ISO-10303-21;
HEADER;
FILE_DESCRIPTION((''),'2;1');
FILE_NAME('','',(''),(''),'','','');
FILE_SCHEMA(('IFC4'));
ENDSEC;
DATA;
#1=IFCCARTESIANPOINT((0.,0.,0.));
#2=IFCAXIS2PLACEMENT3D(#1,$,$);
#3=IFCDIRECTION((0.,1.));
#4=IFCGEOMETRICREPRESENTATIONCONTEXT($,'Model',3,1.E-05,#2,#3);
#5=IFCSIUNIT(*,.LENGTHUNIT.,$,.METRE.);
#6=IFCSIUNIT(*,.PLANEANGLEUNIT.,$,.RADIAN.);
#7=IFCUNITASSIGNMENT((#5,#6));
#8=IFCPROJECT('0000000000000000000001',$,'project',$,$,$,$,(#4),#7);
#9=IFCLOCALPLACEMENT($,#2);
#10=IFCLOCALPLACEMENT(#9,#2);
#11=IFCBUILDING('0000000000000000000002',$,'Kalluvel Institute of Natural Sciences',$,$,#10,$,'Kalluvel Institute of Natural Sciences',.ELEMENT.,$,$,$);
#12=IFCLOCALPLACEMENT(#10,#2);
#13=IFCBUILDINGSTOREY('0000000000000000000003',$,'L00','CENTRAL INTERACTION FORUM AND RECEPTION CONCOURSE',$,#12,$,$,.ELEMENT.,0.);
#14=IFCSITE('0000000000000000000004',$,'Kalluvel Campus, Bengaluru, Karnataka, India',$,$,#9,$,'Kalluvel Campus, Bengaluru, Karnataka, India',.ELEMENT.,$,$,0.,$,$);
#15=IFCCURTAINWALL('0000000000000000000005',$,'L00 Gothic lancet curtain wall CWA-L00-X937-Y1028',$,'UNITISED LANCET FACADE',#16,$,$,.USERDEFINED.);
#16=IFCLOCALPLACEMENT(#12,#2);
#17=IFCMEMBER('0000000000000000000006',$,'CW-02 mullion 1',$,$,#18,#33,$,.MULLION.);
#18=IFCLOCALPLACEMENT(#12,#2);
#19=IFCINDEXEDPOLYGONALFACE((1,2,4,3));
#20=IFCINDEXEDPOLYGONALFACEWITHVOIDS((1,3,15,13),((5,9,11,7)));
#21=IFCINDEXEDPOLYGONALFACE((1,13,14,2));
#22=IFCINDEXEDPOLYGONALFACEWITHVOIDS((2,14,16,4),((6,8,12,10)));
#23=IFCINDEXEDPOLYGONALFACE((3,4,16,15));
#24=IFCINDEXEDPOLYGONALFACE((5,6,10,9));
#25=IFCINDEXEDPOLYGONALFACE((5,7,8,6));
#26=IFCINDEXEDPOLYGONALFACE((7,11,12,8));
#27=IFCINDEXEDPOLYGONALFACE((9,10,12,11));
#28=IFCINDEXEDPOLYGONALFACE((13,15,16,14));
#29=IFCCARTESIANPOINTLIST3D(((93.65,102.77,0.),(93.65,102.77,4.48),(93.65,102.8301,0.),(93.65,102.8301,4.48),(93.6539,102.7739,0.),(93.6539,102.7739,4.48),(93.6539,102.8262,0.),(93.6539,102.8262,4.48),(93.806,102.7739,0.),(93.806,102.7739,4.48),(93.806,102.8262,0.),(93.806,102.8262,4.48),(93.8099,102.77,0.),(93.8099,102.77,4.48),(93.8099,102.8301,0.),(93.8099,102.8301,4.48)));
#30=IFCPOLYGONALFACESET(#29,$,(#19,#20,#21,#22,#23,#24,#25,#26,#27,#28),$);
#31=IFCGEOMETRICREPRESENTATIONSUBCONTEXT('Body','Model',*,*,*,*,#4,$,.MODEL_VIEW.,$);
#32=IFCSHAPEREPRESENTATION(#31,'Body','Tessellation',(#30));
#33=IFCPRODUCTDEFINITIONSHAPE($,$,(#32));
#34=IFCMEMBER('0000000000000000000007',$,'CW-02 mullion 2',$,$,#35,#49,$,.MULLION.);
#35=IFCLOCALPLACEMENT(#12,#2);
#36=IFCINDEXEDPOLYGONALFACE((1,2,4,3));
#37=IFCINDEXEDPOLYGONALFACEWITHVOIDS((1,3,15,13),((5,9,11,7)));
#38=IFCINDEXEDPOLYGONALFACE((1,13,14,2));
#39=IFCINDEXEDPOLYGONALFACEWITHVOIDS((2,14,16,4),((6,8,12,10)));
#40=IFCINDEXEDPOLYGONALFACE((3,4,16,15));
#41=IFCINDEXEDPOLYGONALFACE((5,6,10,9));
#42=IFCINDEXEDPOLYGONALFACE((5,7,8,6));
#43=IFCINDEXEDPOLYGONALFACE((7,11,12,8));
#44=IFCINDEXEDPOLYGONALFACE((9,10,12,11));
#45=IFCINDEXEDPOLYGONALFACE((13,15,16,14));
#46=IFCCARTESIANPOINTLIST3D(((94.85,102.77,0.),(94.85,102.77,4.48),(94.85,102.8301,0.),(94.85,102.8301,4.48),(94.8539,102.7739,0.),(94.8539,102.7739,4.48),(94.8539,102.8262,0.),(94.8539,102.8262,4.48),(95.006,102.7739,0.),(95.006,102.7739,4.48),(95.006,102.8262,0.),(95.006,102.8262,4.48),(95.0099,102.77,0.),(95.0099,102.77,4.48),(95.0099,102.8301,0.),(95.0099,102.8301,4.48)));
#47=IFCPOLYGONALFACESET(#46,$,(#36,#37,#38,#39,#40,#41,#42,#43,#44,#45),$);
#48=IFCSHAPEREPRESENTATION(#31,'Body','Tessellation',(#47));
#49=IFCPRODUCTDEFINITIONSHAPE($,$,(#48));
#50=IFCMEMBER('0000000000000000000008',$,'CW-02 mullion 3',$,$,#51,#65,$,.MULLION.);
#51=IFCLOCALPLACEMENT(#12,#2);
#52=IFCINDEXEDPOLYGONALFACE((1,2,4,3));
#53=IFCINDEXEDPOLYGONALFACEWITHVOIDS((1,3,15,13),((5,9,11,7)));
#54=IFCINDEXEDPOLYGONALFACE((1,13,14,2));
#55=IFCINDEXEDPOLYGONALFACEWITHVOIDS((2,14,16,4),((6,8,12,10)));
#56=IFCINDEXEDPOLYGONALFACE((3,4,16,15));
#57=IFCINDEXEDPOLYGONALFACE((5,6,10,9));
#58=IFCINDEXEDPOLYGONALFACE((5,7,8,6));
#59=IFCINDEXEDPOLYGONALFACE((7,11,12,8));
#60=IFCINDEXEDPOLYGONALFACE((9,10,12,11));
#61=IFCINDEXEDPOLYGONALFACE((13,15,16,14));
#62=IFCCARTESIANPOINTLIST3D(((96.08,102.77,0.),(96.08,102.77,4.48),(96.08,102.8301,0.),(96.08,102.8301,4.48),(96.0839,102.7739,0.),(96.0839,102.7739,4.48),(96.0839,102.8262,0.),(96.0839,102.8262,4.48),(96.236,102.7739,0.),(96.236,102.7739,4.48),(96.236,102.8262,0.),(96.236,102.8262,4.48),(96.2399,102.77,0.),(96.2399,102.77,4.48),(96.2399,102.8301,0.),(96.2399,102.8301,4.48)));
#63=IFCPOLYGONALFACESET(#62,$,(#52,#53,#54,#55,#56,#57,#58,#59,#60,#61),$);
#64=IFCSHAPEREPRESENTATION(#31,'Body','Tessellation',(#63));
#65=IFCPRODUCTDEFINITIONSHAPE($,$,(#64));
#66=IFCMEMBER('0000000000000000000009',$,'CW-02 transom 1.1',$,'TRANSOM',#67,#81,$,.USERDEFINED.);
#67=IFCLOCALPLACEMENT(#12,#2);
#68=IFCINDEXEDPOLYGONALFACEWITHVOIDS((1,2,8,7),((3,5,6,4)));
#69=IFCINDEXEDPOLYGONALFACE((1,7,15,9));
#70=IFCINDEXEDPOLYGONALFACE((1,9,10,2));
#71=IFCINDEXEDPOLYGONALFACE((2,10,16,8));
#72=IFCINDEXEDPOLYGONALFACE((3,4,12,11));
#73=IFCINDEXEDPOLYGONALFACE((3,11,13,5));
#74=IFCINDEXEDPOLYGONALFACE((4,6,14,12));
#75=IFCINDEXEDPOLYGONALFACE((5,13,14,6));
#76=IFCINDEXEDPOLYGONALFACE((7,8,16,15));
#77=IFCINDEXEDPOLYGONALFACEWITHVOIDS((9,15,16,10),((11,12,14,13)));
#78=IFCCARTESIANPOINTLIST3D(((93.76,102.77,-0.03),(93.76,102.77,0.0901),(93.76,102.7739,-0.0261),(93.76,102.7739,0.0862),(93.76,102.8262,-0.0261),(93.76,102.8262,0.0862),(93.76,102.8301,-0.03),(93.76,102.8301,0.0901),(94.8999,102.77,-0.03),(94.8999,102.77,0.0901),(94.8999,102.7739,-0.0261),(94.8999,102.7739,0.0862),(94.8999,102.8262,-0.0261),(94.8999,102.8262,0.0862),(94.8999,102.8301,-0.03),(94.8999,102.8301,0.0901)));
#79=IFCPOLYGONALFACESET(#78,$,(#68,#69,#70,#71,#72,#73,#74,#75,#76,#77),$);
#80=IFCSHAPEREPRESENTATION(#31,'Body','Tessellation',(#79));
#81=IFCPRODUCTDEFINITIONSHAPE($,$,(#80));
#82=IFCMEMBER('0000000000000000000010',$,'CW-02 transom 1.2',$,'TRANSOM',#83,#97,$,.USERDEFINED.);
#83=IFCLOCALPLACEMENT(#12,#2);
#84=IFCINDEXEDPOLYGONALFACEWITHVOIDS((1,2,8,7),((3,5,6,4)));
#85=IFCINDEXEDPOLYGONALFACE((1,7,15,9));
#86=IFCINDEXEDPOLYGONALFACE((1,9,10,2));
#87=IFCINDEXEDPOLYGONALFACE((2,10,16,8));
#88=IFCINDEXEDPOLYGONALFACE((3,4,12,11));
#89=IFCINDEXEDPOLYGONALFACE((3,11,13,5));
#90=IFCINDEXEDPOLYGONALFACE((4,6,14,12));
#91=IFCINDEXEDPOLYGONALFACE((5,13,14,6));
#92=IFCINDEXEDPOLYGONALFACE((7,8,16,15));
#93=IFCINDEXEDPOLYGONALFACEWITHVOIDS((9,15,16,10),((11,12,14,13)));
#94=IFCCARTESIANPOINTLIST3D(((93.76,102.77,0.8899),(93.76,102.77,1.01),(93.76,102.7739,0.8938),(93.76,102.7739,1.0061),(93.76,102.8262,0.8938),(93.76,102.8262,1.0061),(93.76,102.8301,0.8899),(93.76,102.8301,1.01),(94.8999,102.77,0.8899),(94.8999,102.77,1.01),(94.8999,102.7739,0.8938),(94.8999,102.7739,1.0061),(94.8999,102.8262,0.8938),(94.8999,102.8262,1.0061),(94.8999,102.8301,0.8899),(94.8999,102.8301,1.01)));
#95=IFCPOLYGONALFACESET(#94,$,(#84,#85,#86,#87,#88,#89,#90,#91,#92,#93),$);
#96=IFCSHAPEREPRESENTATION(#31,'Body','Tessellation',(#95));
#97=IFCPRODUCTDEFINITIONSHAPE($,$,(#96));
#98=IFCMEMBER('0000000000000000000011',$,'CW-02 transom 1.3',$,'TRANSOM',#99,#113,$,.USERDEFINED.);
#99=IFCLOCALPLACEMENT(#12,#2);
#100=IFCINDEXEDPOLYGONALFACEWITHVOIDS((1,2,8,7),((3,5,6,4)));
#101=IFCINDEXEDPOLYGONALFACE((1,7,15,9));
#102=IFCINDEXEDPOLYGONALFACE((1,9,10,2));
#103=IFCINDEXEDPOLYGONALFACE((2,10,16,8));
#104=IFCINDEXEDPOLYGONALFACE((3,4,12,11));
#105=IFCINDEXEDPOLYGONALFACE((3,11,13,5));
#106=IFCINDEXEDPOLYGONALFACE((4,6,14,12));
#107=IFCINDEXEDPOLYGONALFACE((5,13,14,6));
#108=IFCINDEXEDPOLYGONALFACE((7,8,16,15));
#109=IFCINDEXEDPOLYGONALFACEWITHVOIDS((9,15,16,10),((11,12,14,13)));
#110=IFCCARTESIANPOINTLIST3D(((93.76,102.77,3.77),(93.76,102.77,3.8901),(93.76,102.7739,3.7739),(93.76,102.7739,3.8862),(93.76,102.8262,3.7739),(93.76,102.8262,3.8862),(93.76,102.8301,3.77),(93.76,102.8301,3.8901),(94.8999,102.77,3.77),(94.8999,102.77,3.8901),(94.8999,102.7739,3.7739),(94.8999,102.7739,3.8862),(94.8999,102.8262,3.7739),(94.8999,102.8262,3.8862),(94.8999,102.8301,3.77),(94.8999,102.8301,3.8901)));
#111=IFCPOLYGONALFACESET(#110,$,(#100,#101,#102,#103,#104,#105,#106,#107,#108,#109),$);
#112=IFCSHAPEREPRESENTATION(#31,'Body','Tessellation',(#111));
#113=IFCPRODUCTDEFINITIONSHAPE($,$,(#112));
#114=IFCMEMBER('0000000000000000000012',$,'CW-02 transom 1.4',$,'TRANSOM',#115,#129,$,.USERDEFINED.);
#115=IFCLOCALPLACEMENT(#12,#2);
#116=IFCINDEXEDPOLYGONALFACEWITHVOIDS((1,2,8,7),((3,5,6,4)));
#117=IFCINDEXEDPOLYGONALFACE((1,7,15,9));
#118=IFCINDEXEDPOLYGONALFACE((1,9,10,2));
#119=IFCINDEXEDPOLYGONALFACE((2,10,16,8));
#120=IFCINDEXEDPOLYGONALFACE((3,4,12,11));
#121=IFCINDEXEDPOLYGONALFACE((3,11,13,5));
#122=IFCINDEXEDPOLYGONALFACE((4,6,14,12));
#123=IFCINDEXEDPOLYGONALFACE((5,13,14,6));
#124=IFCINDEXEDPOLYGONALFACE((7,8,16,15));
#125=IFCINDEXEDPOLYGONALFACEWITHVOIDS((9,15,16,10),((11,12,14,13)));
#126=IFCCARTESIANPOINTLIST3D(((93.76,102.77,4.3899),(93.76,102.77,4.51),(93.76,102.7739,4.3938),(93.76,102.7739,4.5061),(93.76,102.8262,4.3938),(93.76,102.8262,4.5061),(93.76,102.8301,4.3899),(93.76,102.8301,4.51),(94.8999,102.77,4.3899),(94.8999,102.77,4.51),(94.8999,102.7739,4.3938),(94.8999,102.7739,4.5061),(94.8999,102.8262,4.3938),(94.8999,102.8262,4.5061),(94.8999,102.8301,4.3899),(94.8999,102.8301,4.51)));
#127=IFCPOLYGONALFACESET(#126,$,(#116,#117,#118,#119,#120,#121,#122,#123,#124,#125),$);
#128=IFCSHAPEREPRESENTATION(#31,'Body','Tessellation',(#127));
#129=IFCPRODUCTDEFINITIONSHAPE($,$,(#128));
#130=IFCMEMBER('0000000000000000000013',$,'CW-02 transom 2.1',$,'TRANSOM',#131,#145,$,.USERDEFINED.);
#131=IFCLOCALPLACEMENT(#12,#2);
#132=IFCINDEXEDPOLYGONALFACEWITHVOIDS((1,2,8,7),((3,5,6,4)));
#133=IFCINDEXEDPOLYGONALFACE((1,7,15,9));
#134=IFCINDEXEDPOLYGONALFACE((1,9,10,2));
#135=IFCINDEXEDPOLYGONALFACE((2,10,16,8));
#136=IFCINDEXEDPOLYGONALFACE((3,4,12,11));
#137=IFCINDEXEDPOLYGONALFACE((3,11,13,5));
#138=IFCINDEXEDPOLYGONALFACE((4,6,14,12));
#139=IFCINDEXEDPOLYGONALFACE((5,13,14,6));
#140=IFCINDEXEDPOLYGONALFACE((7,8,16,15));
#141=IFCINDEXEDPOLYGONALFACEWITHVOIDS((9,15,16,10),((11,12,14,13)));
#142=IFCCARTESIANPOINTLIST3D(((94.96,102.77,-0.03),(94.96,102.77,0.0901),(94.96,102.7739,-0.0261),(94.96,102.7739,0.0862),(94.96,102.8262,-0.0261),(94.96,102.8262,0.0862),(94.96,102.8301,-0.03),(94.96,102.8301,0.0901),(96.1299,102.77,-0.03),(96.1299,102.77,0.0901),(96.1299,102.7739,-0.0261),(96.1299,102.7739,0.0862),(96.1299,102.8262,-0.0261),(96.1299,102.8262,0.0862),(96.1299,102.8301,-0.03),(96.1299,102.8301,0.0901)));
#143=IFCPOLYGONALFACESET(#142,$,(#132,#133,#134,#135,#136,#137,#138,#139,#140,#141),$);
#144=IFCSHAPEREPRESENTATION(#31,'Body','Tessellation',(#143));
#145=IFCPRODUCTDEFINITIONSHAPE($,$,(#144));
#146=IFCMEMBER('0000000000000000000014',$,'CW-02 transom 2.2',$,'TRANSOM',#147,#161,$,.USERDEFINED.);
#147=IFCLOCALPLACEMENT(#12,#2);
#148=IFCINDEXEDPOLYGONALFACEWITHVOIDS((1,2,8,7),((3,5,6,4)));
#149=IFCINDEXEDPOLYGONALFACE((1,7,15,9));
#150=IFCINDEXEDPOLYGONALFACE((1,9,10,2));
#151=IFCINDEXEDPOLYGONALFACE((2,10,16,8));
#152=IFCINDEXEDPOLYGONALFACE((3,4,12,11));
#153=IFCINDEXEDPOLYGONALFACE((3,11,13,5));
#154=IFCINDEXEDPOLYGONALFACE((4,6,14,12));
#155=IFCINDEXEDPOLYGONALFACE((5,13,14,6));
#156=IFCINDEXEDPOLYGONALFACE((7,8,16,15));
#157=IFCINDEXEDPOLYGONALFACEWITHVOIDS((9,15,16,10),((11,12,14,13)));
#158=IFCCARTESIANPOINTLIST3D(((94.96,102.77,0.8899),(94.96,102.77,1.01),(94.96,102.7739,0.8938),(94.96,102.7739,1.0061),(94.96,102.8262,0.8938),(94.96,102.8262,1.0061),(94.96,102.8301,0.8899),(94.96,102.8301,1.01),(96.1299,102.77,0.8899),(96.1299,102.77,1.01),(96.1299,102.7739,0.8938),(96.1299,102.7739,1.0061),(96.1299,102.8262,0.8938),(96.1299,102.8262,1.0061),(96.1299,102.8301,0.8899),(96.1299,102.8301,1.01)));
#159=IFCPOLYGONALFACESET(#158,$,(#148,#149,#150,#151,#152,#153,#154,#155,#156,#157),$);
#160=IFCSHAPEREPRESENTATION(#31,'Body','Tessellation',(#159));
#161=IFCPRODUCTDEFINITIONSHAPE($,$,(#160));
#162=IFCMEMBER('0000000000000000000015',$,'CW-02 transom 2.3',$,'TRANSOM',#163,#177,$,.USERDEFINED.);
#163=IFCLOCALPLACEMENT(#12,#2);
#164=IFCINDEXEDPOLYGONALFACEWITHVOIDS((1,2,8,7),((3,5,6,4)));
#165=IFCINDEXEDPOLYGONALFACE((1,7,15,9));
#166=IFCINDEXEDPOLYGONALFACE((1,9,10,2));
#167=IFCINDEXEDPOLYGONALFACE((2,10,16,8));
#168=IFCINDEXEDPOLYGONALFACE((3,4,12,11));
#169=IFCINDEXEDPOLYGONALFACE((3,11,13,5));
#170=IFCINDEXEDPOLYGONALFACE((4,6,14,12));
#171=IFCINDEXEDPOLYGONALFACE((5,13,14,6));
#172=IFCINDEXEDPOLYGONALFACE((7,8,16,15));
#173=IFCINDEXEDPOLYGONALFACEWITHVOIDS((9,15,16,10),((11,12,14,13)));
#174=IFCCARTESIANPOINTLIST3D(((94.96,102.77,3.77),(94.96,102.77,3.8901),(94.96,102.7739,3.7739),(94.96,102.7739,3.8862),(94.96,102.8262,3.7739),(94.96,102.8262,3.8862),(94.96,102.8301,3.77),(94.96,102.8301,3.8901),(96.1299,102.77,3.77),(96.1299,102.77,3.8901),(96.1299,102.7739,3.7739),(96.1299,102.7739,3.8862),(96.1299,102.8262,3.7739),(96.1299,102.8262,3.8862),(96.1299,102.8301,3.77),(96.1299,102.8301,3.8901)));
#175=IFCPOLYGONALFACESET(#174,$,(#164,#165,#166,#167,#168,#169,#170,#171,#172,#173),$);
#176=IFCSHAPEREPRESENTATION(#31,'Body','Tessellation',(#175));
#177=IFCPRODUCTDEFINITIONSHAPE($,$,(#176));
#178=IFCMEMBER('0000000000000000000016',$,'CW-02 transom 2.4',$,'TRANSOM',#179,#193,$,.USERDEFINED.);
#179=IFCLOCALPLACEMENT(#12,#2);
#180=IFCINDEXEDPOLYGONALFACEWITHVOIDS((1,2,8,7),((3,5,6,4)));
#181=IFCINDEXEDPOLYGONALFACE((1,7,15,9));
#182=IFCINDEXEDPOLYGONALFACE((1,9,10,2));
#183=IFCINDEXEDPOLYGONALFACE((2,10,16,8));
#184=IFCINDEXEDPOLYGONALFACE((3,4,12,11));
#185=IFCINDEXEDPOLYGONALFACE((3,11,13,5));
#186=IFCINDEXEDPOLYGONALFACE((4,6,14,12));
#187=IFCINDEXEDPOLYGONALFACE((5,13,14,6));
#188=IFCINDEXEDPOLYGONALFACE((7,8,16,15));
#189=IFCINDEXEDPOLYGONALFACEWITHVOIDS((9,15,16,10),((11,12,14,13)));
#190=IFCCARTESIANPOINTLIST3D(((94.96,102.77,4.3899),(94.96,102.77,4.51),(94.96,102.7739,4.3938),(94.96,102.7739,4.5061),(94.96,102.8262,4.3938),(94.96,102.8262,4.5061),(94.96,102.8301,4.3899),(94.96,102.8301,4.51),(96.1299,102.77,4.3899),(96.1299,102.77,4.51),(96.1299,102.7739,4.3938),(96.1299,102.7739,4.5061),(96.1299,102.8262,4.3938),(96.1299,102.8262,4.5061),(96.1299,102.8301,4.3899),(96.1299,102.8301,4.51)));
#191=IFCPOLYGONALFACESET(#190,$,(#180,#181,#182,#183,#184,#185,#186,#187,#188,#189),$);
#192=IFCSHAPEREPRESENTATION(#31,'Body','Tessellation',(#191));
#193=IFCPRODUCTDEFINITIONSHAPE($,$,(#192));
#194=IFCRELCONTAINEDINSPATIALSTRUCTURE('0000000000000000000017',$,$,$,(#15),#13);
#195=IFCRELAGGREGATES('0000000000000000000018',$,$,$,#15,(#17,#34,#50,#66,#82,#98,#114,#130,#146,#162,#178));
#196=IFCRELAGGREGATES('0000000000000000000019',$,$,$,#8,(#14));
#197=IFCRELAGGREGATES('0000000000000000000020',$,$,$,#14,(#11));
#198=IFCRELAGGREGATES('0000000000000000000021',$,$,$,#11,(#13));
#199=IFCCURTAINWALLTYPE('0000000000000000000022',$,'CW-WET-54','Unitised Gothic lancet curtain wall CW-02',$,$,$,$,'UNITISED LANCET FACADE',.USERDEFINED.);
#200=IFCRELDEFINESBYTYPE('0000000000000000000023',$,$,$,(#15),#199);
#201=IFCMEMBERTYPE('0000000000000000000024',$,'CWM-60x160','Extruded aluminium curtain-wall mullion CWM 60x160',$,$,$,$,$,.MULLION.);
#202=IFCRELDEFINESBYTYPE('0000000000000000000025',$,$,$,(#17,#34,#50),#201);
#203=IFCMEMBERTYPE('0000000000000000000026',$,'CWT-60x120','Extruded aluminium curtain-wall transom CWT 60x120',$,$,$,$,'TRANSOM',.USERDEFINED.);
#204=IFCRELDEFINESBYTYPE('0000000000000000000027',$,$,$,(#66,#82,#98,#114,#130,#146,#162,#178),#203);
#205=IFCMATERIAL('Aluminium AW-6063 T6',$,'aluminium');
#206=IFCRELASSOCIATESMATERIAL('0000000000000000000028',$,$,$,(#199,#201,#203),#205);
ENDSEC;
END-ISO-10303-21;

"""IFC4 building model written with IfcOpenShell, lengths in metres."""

from ifc_helpers import new_model, si_unit, direction, frame, origin, origin_2d, place, context, subcontext, project, spatial, hollow_rectangle, extrude, material, material_profile, profile_set, type_object, element, aggregate, save


model = new_model("IFC4")

# Units and contexts
model_context = context("Model", 3, precision=1e-05, world=origin(), true_north=direction((0.0, 1.0)))
body_context = subcontext(model_context, "Body", "Model", "MODEL_VIEW")
ifc_project = project(units=[si_unit("LENGTHUNIT", "METRE"), si_unit("PLANEANGLEUNIT", "RADIAN")], contexts=[model_context])

# Site, building, storey
site_placement = place(None, origin())
site = spatial("IfcSite", under=ifc_project, at=site_placement, Name="Kalluvel Campus, Bengaluru, Karnataka, India", LongName="Kalluvel Campus, Bengaluru, Karnataka, India", CompositionType="ELEMENT", RefElevation=0.0)
building_placement = place(site_placement, origin())
building = spatial("IfcBuilding", under=site, at=building_placement, Name="Kalluvel Institute of Natural Sciences", LongName="Kalluvel Institute of Natural Sciences", CompositionType="ELEMENT")
storey_placement = place(building_placement, origin())
storey = spatial("IfcBuildingStorey", under=building, at=storey_placement, Name="L00", Description="CENTRAL INTERACTION FORUM AND RECEPTION CONCOURSE", CompositionType="ELEMENT", Elevation=0.0)

# Curtain wall, members
ifc_material_1 = material(Name="Aluminium AW-6063 T6", Category="aluminium")
curtain_wall_type = type_object("IfcCurtainWallType", Name="CW-WET-54", Description="Unitised Gothic lancet curtain wall CW-02", ElementType="UNITISED LANCET FACADE", PredefinedType="USERDEFINED", material=ifc_material_1)
curtain_wall_placement = place(storey_placement, origin())
curtain_wall = element("IfcCurtainWall", 1, at=curtain_wall_placement, inside=storey, type_object=curtain_wall_type, Name="L00 Gothic lancet curtain wall CWA-L00-X937-Y1028", ObjectType="UNITISED LANCET FACADE", PredefinedType="USERDEFINED")
ifc_material_profile_1 = material_profile(ifc_material_1, hollow_rectangle(XDim=0.0601, YDim=0.1599, WallThickness=0.0039, at=origin_2d()), Name="CWM 60x160")
ifc_profile_set_1 = profile_set([ifc_material_profile_1], Name="Aluminium AW-6063 T6")
member_type_1 = type_object("IfcMemberType", Name="CWM-60x160", Description="Extruded aluminium curtain-wall mullion CWM 60x160", PredefinedType="MULLION", material=ifc_profile_set_1)
member_1_placement = place(storey_placement, frame((93.73, 102.8, 0.0), z_axis=(0.0, 0.0, 1.0), x_axis=(0.0, 1.0, 0.0)))
member_1 = element("IfcMember", 2, at=member_1_placement, type_object=member_type_1, Name="CW-02 mullion 1", PredefinedType="MULLION", context=body_context, shape_type="SweptSolid", body=[
    extrude(hollow_rectangle(XDim=0.0601, YDim=0.1599, WallThickness=0.0039, at=origin_2d()), origin(), (0.0, 0.0, 1.0), 4.48),
])
member_2_placement = place(storey_placement, frame((94.9299, 102.8, 0.0), z_axis=(0.0, 0.0, 1.0), x_axis=(0.0, 1.0, 0.0)))
member_2 = element("IfcMember", 3, at=member_2_placement, type_object=member_type_1, Name="CW-02 mullion 2", PredefinedType="MULLION", context=body_context, shape_type="SweptSolid", body=[
    extrude(hollow_rectangle(XDim=0.0601, YDim=0.1599, WallThickness=0.0039, at=origin_2d()), origin(), (0.0, 0.0, 1.0), 4.48),
])
member_3_placement = place(storey_placement, frame((96.1599, 102.8, 0.0), z_axis=(0.0, 0.0, 1.0), x_axis=(0.0, 1.0, 0.0)))
member_3 = element("IfcMember", 4, at=member_3_placement, type_object=member_type_1, Name="CW-02 mullion 3", PredefinedType="MULLION", context=body_context, shape_type="SweptSolid", body=[
    extrude(hollow_rectangle(XDim=0.0601, YDim=0.1599, WallThickness=0.0039, at=origin_2d()), origin(), (0.0, 0.0, 1.0), 4.48),
])
ifc_material_profile_2 = material_profile(ifc_material_1, hollow_rectangle(XDim=0.0601, YDim=0.1201, WallThickness=0.0039, at=origin_2d()), Name="CWT 60x120")
ifc_profile_set_2 = profile_set([ifc_material_profile_2], Name="Aluminium AW-6063 T6")
member_type_2 = type_object("IfcMemberType", Name="CWT-60x120", Description="Extruded aluminium curtain-wall transom CWT 60x120", ElementType="TRANSOM", PredefinedType="USERDEFINED", material=ifc_profile_set_2)
member_4_placement = place(storey_placement, frame((93.76, 102.8, 0.03), z_axis=(1.0, 0.0, 0.0), x_axis=(0.0, 1.0, 0.0)))
member_4 = element("IfcMember", 5, at=member_4_placement, type_object=member_type_2, Name="CW-02 transom 1.1", ObjectType="TRANSOM", PredefinedType="USERDEFINED", context=body_context, shape_type="SweptSolid", body=[
    extrude(hollow_rectangle(XDim=0.0601, YDim=0.1201, WallThickness=0.0039, at=origin_2d()), origin(), (0.0, 0.0, 1.0), 1.1399),
])
member_5_placement = place(storey_placement, frame((93.76, 102.8, 0.95), z_axis=(1.0, 0.0, 0.0), x_axis=(0.0, 1.0, 0.0)))
member_5 = element("IfcMember", 6, at=member_5_placement, type_object=member_type_2, Name="CW-02 transom 1.2", ObjectType="TRANSOM", PredefinedType="USERDEFINED", context=body_context, shape_type="SweptSolid", body=[
    extrude(hollow_rectangle(XDim=0.0601, YDim=0.1201, WallThickness=0.0039, at=origin_2d()), origin(), (0.0, 0.0, 1.0), 1.1399),
])
member_6_placement = place(storey_placement, frame((93.76, 102.8, 3.8301), z_axis=(1.0, 0.0, 0.0), x_axis=(0.0, 1.0, 0.0)))
member_6 = element("IfcMember", 7, at=member_6_placement, type_object=member_type_2, Name="CW-02 transom 1.3", ObjectType="TRANSOM", PredefinedType="USERDEFINED", context=body_context, shape_type="SweptSolid", body=[
    extrude(hollow_rectangle(XDim=0.0601, YDim=0.1201, WallThickness=0.0039, at=origin_2d()), origin(), (0.0, 0.0, 1.0), 1.1399),
])
member_7_placement = place(storey_placement, frame((93.76, 102.8, 4.45), z_axis=(1.0, 0.0, 0.0), x_axis=(0.0, 1.0, 0.0)))
member_7 = element("IfcMember", 8, at=member_7_placement, type_object=member_type_2, Name="CW-02 transom 1.4", ObjectType="TRANSOM", PredefinedType="USERDEFINED", context=body_context, shape_type="SweptSolid", body=[
    extrude(hollow_rectangle(XDim=0.0601, YDim=0.1201, WallThickness=0.0039, at=origin_2d()), origin(), (0.0, 0.0, 1.0), 1.1399),
])
member_8_placement = place(storey_placement, frame((94.96, 102.8, 0.03), z_axis=(1.0, 0.0, 0.0), x_axis=(0.0, 1.0, 0.0)))
member_8 = element("IfcMember", 9, at=member_8_placement, type_object=member_type_2, Name="CW-02 transom 2.1", ObjectType="TRANSOM", PredefinedType="USERDEFINED", context=body_context, shape_type="SweptSolid", body=[
    extrude(hollow_rectangle(XDim=0.0601, YDim=0.1201, WallThickness=0.0039, at=origin_2d()), origin(), (0.0, 0.0, 1.0), 1.1699),
])
member_9_placement = place(storey_placement, frame((94.96, 102.8, 0.95), z_axis=(1.0, 0.0, 0.0), x_axis=(0.0, 1.0, 0.0)))
member_9 = element("IfcMember", 10, at=member_9_placement, type_object=member_type_2, Name="CW-02 transom 2.2", ObjectType="TRANSOM", PredefinedType="USERDEFINED", context=body_context, shape_type="SweptSolid", body=[
    extrude(hollow_rectangle(XDim=0.0601, YDim=0.1201, WallThickness=0.0039, at=origin_2d()), origin(), (0.0, 0.0, 1.0), 1.1699),
])
member_10_placement = place(storey_placement, frame((94.96, 102.8, 3.8301), z_axis=(1.0, 0.0, 0.0), x_axis=(0.0, 1.0, 0.0)))
member_10 = element("IfcMember", 11, at=member_10_placement, type_object=member_type_2, Name="CW-02 transom 2.3", ObjectType="TRANSOM", PredefinedType="USERDEFINED", context=body_context, shape_type="SweptSolid", body=[
    extrude(hollow_rectangle(XDim=0.0601, YDim=0.1201, WallThickness=0.0039, at=origin_2d()), origin(), (0.0, 0.0, 1.0), 1.1699),
])
member_11_placement = place(storey_placement, frame((94.96, 102.8, 4.45), z_axis=(1.0, 0.0, 0.0), x_axis=(0.0, 1.0, 0.0)))
member_11 = element("IfcMember", 12, at=member_11_placement, type_object=member_type_2, Name="CW-02 transom 2.4", ObjectType="TRANSOM", PredefinedType="USERDEFINED", context=body_context, shape_type="SweptSolid", body=[
    extrude(hollow_rectangle(XDim=0.0601, YDim=0.1201, WallThickness=0.0039, at=origin_2d()), origin(), (0.0, 0.0, 1.0), 1.1699),
])

aggregate(curtain_wall, [member_1, member_2, member_3, member_4, member_5, member_6, member_7, member_8, member_9, member_10, member_11])

save(model, "model.ifc")
